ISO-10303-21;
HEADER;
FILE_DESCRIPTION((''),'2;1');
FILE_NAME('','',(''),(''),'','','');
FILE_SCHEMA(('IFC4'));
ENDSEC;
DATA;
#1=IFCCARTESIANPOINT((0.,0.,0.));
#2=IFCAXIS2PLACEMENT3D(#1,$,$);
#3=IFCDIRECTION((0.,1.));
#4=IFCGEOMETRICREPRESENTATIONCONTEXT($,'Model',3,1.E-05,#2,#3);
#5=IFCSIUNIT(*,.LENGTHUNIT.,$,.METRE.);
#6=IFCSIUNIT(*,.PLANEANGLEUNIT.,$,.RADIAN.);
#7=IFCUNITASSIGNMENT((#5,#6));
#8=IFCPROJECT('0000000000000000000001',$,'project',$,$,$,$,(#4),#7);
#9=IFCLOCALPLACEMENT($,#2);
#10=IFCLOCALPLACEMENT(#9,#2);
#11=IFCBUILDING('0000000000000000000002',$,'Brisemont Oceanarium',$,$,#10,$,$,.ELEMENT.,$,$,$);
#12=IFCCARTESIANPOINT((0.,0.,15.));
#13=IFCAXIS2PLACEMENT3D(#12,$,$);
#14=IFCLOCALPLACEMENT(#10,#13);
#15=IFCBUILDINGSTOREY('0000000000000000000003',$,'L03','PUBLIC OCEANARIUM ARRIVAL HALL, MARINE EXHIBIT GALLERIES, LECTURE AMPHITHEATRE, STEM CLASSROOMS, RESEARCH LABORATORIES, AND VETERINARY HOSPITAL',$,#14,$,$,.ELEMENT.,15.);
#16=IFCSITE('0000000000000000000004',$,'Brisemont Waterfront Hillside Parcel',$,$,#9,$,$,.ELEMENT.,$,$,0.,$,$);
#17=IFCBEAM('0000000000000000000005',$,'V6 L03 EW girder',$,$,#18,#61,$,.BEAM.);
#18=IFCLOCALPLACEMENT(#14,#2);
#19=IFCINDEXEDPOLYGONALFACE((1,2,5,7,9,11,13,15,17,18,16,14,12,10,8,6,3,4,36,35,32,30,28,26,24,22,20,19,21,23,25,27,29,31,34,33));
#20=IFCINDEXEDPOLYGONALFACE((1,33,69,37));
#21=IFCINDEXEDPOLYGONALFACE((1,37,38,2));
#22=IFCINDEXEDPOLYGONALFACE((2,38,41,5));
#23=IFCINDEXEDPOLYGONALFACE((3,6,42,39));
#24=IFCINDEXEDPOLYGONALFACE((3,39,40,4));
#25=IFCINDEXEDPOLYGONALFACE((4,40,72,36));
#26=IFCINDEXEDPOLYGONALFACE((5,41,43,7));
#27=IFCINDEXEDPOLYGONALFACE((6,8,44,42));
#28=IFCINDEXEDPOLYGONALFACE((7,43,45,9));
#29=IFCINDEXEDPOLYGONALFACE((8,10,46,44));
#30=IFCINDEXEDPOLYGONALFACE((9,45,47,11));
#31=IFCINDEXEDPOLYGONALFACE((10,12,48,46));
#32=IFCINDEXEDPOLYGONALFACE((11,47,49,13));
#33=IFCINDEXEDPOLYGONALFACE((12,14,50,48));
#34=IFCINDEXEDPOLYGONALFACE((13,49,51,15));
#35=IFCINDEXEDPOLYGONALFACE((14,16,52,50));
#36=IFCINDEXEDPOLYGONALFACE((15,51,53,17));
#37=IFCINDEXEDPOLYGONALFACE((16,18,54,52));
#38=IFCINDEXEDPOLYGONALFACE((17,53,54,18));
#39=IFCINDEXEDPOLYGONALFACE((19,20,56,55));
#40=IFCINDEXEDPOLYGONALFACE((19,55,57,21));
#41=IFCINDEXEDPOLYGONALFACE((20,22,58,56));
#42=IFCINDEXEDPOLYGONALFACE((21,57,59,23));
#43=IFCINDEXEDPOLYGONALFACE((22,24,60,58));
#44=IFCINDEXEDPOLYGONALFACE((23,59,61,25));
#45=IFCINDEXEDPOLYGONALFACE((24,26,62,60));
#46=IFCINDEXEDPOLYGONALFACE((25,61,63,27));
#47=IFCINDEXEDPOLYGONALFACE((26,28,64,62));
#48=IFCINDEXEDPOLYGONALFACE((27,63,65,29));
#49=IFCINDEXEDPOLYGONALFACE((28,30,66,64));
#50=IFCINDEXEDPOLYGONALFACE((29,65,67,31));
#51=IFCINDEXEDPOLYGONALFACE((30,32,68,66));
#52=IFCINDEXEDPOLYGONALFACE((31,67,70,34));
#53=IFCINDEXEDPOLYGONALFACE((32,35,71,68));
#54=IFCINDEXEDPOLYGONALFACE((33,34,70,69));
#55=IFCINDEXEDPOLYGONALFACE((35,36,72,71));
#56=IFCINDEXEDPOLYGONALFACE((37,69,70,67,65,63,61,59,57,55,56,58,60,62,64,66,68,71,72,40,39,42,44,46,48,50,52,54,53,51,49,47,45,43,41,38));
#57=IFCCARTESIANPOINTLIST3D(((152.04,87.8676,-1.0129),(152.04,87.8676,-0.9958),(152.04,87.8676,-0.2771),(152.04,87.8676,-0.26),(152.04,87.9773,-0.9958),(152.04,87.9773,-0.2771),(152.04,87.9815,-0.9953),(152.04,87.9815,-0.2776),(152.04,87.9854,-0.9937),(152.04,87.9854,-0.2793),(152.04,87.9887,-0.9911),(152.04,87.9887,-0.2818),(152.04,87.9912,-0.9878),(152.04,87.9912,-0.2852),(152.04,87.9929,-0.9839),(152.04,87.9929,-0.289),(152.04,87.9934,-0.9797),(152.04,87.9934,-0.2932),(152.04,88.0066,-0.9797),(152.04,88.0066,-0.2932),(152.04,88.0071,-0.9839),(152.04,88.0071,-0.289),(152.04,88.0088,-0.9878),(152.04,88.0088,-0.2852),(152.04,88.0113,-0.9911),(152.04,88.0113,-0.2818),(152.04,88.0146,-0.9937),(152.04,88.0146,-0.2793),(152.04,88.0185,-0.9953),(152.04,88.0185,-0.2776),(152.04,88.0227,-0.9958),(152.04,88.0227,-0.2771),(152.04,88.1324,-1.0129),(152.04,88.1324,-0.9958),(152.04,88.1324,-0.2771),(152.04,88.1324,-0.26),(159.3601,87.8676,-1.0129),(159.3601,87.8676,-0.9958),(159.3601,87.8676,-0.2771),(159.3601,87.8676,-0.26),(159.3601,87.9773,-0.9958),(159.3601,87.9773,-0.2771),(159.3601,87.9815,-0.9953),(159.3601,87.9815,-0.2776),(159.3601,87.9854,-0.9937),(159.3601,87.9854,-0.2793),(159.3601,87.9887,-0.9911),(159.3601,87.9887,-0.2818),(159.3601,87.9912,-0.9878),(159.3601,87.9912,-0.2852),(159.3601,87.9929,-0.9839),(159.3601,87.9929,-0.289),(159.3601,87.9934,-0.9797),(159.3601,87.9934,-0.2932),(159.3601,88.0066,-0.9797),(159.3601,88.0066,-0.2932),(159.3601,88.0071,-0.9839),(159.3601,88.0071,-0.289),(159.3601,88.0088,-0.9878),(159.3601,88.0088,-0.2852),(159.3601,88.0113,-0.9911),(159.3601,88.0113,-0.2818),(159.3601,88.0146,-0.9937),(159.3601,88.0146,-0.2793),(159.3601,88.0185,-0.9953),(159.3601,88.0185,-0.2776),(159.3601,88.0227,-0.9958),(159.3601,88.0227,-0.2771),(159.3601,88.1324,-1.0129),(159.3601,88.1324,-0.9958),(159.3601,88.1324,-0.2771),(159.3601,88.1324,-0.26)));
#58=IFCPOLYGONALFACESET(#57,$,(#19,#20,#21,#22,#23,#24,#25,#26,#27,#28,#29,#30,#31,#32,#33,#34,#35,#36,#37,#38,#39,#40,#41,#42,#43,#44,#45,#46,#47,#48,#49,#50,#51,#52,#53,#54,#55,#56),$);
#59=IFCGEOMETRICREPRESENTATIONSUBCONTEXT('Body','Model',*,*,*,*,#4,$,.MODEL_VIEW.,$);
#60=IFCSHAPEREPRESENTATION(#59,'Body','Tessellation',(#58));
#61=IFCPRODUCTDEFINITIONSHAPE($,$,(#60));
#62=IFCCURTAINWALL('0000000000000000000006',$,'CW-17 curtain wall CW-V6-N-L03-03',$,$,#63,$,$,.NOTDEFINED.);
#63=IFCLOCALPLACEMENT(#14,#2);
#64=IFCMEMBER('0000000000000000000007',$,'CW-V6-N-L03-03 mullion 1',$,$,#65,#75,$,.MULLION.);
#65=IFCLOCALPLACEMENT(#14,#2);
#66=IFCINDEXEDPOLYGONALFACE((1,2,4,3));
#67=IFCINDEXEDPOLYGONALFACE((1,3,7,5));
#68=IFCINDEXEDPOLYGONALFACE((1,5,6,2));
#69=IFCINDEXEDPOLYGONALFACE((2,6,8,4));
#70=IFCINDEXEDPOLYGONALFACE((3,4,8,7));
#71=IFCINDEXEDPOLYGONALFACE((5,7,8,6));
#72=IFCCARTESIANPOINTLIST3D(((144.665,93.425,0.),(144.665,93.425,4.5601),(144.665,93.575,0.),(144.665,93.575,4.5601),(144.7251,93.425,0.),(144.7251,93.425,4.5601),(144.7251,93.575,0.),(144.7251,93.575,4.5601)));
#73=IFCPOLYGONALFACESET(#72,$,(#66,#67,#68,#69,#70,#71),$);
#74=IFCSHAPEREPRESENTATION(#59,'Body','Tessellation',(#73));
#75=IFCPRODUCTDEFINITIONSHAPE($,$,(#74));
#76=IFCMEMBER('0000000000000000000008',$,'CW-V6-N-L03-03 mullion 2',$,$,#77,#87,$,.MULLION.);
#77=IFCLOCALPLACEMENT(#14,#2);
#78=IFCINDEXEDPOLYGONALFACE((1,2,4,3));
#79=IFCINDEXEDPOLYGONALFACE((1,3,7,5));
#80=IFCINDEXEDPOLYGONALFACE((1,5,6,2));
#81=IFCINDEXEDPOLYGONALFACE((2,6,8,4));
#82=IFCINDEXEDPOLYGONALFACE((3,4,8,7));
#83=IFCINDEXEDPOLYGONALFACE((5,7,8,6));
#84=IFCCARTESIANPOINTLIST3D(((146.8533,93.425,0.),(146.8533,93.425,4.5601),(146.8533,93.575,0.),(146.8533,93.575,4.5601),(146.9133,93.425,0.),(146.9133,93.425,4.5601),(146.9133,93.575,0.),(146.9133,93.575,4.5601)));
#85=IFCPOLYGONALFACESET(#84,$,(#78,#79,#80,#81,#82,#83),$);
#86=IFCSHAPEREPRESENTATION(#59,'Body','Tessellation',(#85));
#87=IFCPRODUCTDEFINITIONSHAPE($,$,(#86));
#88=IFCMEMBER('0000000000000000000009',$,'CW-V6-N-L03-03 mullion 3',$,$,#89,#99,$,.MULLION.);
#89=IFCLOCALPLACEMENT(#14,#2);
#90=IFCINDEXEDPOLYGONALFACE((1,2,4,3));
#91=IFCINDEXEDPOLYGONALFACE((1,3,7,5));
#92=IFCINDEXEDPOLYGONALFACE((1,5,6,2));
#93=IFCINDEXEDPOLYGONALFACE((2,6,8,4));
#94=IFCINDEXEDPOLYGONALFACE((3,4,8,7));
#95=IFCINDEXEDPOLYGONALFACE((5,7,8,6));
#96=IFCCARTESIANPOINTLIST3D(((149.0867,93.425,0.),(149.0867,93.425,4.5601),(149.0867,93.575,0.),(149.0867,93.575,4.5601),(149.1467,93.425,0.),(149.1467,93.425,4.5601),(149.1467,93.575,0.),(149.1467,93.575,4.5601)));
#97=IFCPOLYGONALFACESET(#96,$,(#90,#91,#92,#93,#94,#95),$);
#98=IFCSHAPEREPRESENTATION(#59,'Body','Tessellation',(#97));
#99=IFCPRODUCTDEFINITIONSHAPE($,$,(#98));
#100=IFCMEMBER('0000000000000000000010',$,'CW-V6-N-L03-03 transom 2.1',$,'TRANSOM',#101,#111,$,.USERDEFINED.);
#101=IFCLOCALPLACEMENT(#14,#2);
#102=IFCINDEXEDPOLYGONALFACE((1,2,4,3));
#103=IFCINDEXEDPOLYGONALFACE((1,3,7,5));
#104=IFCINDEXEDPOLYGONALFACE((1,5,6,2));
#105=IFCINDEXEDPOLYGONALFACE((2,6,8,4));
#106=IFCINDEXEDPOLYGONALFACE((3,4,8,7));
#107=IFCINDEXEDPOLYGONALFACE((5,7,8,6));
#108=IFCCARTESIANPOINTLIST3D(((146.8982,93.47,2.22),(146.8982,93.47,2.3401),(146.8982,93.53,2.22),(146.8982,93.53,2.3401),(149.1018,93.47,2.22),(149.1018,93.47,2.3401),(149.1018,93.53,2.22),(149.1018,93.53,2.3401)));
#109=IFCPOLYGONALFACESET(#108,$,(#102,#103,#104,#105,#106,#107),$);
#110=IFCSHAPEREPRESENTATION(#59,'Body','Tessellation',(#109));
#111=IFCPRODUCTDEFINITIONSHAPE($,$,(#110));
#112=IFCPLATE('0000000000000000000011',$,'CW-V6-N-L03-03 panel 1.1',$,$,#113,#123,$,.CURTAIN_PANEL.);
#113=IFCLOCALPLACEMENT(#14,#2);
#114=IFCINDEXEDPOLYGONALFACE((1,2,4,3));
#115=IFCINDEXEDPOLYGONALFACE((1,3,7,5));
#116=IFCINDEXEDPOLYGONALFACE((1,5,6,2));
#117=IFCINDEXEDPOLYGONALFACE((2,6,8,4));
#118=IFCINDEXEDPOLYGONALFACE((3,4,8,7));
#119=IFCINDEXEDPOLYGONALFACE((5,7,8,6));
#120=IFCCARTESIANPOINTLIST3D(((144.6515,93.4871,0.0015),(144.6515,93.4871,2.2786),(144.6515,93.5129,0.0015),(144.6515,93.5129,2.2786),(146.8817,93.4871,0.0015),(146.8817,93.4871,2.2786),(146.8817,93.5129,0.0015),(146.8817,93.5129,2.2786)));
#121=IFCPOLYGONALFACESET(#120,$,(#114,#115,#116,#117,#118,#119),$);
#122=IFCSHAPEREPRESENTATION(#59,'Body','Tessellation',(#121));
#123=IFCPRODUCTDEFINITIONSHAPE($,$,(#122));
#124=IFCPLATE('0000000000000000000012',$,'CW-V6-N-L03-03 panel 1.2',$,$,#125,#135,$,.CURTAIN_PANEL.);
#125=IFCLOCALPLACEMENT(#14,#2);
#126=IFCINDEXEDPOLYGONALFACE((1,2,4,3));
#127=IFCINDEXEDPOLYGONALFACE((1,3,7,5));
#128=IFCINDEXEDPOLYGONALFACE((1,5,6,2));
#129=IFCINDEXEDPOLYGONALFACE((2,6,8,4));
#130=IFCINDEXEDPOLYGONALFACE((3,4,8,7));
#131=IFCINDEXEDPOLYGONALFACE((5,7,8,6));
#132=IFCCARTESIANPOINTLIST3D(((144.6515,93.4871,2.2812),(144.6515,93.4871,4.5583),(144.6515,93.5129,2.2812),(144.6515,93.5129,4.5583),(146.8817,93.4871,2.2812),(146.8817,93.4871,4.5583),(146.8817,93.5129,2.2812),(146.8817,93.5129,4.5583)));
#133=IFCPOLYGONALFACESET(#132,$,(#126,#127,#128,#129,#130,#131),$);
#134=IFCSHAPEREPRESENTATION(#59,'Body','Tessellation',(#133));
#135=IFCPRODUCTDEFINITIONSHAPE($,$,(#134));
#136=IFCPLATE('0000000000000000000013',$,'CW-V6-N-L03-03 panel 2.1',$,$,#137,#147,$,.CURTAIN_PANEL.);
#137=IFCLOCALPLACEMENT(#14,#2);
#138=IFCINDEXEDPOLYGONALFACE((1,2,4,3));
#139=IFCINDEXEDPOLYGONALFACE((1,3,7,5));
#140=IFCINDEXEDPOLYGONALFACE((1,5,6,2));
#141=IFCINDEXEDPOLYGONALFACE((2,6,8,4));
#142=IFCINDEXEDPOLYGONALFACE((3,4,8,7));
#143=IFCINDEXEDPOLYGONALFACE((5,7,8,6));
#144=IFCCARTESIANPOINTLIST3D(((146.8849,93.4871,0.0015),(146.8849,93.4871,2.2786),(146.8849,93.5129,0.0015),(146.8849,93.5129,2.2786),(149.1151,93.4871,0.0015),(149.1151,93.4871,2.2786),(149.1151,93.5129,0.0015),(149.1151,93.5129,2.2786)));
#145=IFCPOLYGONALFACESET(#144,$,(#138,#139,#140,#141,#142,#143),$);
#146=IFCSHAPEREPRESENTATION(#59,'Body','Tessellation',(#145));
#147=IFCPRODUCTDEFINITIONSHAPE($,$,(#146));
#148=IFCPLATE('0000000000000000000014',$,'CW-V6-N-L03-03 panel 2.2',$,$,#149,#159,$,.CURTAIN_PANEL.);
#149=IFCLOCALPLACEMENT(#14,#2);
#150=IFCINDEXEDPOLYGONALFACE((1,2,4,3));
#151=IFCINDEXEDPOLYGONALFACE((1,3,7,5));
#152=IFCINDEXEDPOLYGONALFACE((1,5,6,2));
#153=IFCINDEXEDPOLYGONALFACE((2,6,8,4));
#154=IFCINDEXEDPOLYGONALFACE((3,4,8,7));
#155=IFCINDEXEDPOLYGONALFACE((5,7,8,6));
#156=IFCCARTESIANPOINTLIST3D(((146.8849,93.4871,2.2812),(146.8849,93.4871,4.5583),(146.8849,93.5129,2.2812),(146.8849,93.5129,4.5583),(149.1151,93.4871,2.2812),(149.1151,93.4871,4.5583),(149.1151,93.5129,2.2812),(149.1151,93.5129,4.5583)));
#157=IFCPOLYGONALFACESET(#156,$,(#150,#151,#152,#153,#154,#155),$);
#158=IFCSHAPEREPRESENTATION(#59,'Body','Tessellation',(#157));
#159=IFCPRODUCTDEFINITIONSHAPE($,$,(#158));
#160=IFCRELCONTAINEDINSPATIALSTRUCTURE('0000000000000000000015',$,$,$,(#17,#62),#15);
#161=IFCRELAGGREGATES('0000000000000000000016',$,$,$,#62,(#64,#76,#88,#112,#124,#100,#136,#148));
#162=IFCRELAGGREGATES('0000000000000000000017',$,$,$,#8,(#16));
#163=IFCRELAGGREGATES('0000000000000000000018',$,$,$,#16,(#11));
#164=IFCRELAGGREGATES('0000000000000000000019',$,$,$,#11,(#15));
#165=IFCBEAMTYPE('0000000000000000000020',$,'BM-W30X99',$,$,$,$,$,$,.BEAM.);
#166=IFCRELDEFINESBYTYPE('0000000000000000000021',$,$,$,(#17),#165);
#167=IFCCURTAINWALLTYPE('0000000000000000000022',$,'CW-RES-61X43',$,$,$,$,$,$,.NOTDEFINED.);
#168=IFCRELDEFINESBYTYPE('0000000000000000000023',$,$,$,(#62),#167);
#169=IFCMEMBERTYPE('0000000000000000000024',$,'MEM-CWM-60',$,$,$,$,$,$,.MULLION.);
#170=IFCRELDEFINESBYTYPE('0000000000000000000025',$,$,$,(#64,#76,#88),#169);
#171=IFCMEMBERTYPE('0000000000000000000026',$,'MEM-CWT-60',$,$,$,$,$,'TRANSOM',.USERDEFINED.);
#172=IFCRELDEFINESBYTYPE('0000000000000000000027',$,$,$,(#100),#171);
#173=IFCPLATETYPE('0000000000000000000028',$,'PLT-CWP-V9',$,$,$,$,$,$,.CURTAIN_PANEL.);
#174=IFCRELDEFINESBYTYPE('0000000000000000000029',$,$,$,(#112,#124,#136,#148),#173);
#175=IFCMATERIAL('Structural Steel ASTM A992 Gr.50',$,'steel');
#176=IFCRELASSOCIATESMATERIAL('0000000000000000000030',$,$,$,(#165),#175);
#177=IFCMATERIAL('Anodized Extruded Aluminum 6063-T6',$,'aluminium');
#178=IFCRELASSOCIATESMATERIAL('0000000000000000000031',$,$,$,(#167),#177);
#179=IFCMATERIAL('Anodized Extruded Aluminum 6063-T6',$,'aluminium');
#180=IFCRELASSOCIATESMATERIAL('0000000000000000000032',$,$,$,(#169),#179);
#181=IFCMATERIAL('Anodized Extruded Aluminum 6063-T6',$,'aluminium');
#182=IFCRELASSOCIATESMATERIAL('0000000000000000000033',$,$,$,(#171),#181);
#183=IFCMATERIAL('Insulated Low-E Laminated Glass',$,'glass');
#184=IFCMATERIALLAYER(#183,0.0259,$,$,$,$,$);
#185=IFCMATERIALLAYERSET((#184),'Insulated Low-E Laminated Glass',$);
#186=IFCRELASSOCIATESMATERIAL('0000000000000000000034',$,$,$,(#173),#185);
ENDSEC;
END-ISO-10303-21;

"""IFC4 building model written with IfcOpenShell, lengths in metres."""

from ifc_helpers import new_model, si_unit, direction, frame, origin, origin_2d, place, context, subcontext, project, spatial, rectangle, i_section, extrude, material, layer, layer_set, material_profile, profile_set, type_object, element, aggregate, save


model = new_model("IFC4")

# Units and contexts
model_context = context("Model", 3, precision=1e-05, world=origin(), true_north=direction((0.0, 1.0)))
body_context = subcontext(model_context, "Body", "Model", "MODEL_VIEW")
ifc_project = project(units=[si_unit("LENGTHUNIT", "METRE"), si_unit("PLANEANGLEUNIT", "RADIAN")], contexts=[model_context])

# Site, building, storey
site_placement = place(None, origin())
site = spatial("IfcSite", under=ifc_project, at=site_placement, Name="Brisemont Waterfront Hillside Parcel", CompositionType="ELEMENT", RefElevation=0.0)
building_placement = place(site_placement, origin())
building = spatial("IfcBuilding", under=site, at=building_placement, Name="Brisemont Oceanarium", CompositionType="ELEMENT")
storey_placement = place(building_placement, frame((0.0, 0.0, 15.0)))
storey = spatial("IfcBuildingStorey", under=building, at=storey_placement, Name="L03", Description="PUBLIC OCEANARIUM ARRIVAL HALL, MARINE EXHIBIT GALLERIES, LECTURE AMPHITHEATRE, STEM CLASSROOMS, RESEARCH LABORATORIES, AND VETERINARY HOSPITAL", CompositionType="ELEMENT", Elevation=15.0)

# Beam
ifc_material_1 = material(Name="Structural Steel ASTM A992 Gr.50", Category="steel")
ifc_material_profile_1 = material_profile(ifc_material_1, i_section(OverallWidth=0.2649, OverallDepth=0.7529, WebThickness=0.0132, FlangeThickness=0.0171, FilletRadius=0.0161, at=origin_2d()), Name="W30X99")
ifc_profile_set_1 = profile_set([ifc_material_profile_1], Name="Structural Steel ASTM A992 Gr.50")
beam_type_1 = type_object("IfcBeamType", Name="BM-W30X99", PredefinedType="BEAM", material=ifc_profile_set_1)
beam_1_placement = place(storey_placement, frame((152.04, 88.0, -0.6365), z_axis=(1.0, 0.0, 0.0), x_axis=(0.0, 1.0, 0.0)))
element("IfcBeam", 1, at=beam_1_placement, inside=storey, type_object=beam_type_1, Name="V6 L03 EW girder", PredefinedType="BEAM", context=body_context, shape_type="SweptSolid", body=[
    extrude(i_section(OverallWidth=0.2649, OverallDepth=0.7529, WebThickness=0.0132, FlangeThickness=0.0171, FilletRadius=0.0161, at=origin_2d()), origin(), (0.0, 0.0, 1.0), 7.3201),
])

# Curtain wall, members, plates
ifc_material_2 = material(Name="Anodized Extruded Aluminum 6063-T6", Category="aluminium")
curtain_wall_type = type_object("IfcCurtainWallType", Name="CW-RES-61X43", PredefinedType="NOTDEFINED", material=ifc_material_2)
curtain_wall_placement = place(storey_placement, origin())
curtain_wall = element("IfcCurtainWall", 2, at=curtain_wall_placement, inside=storey, type_object=curtain_wall_type, Name="CW-17 curtain wall CW-V6-N-L03-03", PredefinedType="NOTDEFINED")
ifc_material_3 = material(Name="Anodized Extruded Aluminum 6063-T6", Category="aluminium")
ifc_material_profile_2 = material_profile(ifc_material_3, rectangle(XDim=0.0601, YDim=0.1499, at=origin_2d()), Name="CWM-60X150")
ifc_profile_set_2 = profile_set([ifc_material_profile_2], Name="Anodized Extruded Aluminum 6063-T6")
member_type_1 = type_object("IfcMemberType", Name="MEM-CWM-60", PredefinedType="MULLION", material=ifc_profile_set_2)
member_1_placement = place(storey_placement, frame((144.6951, 93.5, 0.0), z_axis=(0.0, 0.0, 1.0), x_axis=(1.0, 0.0, 0.0)))
member_1 = element("IfcMember", 3, at=member_1_placement, type_object=member_type_1, Name="CW-V6-N-L03-03 mullion 1", PredefinedType="MULLION", context=body_context, shape_type="SweptSolid", body=[
    extrude(rectangle(XDim=0.0601, YDim=0.1499, at=origin_2d()), origin(), (0.0, 0.0, 1.0), 4.5601),
])
member_2_placement = place(storey_placement, frame((146.8833, 93.5, 0.0), z_axis=(0.0, 0.0, 1.0), x_axis=(1.0, 0.0, 0.0)))
member_2 = element("IfcMember", 4, at=member_2_placement, type_object=member_type_1, Name="CW-V6-N-L03-03 mullion 2", PredefinedType="MULLION", context=body_context, shape_type="SweptSolid", body=[
    extrude(rectangle(XDim=0.0601, YDim=0.1499, at=origin_2d()), origin(), (0.0, 0.0, 1.0), 4.5601),
])
member_3_placement = place(storey_placement, frame((149.1167, 93.5, 0.0), z_axis=(0.0, 0.0, 1.0), x_axis=(1.0, 0.0, 0.0)))
member_3 = element("IfcMember", 5, at=member_3_placement, type_object=member_type_1, Name="CW-V6-N-L03-03 mullion 3", PredefinedType="MULLION", context=body_context, shape_type="SweptSolid", body=[
    extrude(rectangle(XDim=0.0601, YDim=0.1499, at=origin_2d()), origin(), (0.0, 0.0, 1.0), 4.5601),
])
ifc_material_4 = material(Name="Anodized Extruded Aluminum 6063-T6", Category="aluminium")
ifc_material_profile_3 = material_profile(ifc_material_4, rectangle(XDim=0.0601, YDim=0.1201, at=origin_2d()), Name="CWT-60X120")
ifc_profile_set_3 = profile_set([ifc_material_profile_3], Name="Anodized Extruded Aluminum 6063-T6")
member_type_2 = type_object("IfcMemberType", Name="MEM-CWT-60", ElementType="TRANSOM", PredefinedType="USERDEFINED", material=ifc_profile_set_3)
member_4_placement = place(storey_placement, frame((146.8982, 93.5, 2.28), z_axis=(1.0, 0.0, 0.0), x_axis=(0.0, 1.0, 0.0)))
member_4 = element("IfcMember", 6, at=member_4_placement, type_object=member_type_2, Name="CW-V6-N-L03-03 transom 2.1", ObjectType="TRANSOM", PredefinedType="USERDEFINED", context=body_context, shape_type="SweptSolid", body=[
    extrude(rectangle(XDim=0.0601, YDim=0.1201, at=origin_2d()), origin(), (0.0, 0.0, 1.0), 2.2036),
])
ifc_material_5 = material(Name="Insulated Low-E Laminated Glass", Category="glass")
ifc_layer_1 = layer(ifc_material_5, 0.0259)
ifc_layer_set_1 = layer_set([ifc_layer_1], Name="Insulated Low-E Laminated Glass")
plate_type = type_object("IfcPlateType", Name="PLT-CWP-V9", PredefinedType="CURTAIN_PANEL", material=ifc_layer_set_1)
plate_1_placement = place(storey_placement, frame((145.7666, 93.5, 0.0015), z_axis=(0.0, 0.0, 1.0), x_axis=(1.0, 0.0, 0.0)))
plate_1 = element("IfcPlate", 7, at=plate_1_placement, type_object=plate_type, Name="CW-V6-N-L03-03 panel 1.1", PredefinedType="CURTAIN_PANEL", context=body_context, shape_type="SweptSolid", body=[
    extrude(rectangle(XDim=2.2302, YDim=0.0259, at=origin_2d()), origin(), (0.0, 0.0, 1.0), 2.2771),
])
plate_2_placement = place(storey_placement, frame((145.7666, 93.5, 2.2812), z_axis=(0.0, 0.0, 1.0), x_axis=(1.0, 0.0, 0.0)))
plate_2 = element("IfcPlate", 8, at=plate_2_placement, type_object=plate_type, Name="CW-V6-N-L03-03 panel 1.2", PredefinedType="CURTAIN_PANEL", context=body_context, shape_type="SweptSolid", body=[
    extrude(rectangle(XDim=2.2302, YDim=0.0259, at=origin_2d()), origin(), (0.0, 0.0, 1.0), 2.2771),
])
plate_3_placement = place(storey_placement, frame((148.0, 93.5, 0.0015), z_axis=(0.0, 0.0, 1.0), x_axis=(1.0, 0.0, 0.0)))
plate_3 = element("IfcPlate", 9, at=plate_3_placement, type_object=plate_type, Name="CW-V6-N-L03-03 panel 2.1", PredefinedType="CURTAIN_PANEL", context=body_context, shape_type="SweptSolid", body=[
    extrude(rectangle(XDim=2.2302, YDim=0.0259, at=origin_2d()), origin(), (0.0, 0.0, 1.0), 2.2771),
])
plate_4_placement = place(storey_placement, frame((148.0, 93.5, 2.2812), z_axis=(0.0, 0.0, 1.0), x_axis=(1.0, 0.0, 0.0)))
plate_4 = element("IfcPlate", 10, at=plate_4_placement, type_object=plate_type, Name="CW-V6-N-L03-03 panel 2.2", PredefinedType="CURTAIN_PANEL", context=body_context, shape_type="SweptSolid", body=[
    extrude(rectangle(XDim=2.2302, YDim=0.0259, at=origin_2d()), origin(), (0.0, 0.0, 1.0), 2.2771),
])
aggregate(curtain_wall, [member_1, member_2, member_3, plate_1, plate_2, member_4, plate_3, plate_4])

save(model, "model.ifc")
